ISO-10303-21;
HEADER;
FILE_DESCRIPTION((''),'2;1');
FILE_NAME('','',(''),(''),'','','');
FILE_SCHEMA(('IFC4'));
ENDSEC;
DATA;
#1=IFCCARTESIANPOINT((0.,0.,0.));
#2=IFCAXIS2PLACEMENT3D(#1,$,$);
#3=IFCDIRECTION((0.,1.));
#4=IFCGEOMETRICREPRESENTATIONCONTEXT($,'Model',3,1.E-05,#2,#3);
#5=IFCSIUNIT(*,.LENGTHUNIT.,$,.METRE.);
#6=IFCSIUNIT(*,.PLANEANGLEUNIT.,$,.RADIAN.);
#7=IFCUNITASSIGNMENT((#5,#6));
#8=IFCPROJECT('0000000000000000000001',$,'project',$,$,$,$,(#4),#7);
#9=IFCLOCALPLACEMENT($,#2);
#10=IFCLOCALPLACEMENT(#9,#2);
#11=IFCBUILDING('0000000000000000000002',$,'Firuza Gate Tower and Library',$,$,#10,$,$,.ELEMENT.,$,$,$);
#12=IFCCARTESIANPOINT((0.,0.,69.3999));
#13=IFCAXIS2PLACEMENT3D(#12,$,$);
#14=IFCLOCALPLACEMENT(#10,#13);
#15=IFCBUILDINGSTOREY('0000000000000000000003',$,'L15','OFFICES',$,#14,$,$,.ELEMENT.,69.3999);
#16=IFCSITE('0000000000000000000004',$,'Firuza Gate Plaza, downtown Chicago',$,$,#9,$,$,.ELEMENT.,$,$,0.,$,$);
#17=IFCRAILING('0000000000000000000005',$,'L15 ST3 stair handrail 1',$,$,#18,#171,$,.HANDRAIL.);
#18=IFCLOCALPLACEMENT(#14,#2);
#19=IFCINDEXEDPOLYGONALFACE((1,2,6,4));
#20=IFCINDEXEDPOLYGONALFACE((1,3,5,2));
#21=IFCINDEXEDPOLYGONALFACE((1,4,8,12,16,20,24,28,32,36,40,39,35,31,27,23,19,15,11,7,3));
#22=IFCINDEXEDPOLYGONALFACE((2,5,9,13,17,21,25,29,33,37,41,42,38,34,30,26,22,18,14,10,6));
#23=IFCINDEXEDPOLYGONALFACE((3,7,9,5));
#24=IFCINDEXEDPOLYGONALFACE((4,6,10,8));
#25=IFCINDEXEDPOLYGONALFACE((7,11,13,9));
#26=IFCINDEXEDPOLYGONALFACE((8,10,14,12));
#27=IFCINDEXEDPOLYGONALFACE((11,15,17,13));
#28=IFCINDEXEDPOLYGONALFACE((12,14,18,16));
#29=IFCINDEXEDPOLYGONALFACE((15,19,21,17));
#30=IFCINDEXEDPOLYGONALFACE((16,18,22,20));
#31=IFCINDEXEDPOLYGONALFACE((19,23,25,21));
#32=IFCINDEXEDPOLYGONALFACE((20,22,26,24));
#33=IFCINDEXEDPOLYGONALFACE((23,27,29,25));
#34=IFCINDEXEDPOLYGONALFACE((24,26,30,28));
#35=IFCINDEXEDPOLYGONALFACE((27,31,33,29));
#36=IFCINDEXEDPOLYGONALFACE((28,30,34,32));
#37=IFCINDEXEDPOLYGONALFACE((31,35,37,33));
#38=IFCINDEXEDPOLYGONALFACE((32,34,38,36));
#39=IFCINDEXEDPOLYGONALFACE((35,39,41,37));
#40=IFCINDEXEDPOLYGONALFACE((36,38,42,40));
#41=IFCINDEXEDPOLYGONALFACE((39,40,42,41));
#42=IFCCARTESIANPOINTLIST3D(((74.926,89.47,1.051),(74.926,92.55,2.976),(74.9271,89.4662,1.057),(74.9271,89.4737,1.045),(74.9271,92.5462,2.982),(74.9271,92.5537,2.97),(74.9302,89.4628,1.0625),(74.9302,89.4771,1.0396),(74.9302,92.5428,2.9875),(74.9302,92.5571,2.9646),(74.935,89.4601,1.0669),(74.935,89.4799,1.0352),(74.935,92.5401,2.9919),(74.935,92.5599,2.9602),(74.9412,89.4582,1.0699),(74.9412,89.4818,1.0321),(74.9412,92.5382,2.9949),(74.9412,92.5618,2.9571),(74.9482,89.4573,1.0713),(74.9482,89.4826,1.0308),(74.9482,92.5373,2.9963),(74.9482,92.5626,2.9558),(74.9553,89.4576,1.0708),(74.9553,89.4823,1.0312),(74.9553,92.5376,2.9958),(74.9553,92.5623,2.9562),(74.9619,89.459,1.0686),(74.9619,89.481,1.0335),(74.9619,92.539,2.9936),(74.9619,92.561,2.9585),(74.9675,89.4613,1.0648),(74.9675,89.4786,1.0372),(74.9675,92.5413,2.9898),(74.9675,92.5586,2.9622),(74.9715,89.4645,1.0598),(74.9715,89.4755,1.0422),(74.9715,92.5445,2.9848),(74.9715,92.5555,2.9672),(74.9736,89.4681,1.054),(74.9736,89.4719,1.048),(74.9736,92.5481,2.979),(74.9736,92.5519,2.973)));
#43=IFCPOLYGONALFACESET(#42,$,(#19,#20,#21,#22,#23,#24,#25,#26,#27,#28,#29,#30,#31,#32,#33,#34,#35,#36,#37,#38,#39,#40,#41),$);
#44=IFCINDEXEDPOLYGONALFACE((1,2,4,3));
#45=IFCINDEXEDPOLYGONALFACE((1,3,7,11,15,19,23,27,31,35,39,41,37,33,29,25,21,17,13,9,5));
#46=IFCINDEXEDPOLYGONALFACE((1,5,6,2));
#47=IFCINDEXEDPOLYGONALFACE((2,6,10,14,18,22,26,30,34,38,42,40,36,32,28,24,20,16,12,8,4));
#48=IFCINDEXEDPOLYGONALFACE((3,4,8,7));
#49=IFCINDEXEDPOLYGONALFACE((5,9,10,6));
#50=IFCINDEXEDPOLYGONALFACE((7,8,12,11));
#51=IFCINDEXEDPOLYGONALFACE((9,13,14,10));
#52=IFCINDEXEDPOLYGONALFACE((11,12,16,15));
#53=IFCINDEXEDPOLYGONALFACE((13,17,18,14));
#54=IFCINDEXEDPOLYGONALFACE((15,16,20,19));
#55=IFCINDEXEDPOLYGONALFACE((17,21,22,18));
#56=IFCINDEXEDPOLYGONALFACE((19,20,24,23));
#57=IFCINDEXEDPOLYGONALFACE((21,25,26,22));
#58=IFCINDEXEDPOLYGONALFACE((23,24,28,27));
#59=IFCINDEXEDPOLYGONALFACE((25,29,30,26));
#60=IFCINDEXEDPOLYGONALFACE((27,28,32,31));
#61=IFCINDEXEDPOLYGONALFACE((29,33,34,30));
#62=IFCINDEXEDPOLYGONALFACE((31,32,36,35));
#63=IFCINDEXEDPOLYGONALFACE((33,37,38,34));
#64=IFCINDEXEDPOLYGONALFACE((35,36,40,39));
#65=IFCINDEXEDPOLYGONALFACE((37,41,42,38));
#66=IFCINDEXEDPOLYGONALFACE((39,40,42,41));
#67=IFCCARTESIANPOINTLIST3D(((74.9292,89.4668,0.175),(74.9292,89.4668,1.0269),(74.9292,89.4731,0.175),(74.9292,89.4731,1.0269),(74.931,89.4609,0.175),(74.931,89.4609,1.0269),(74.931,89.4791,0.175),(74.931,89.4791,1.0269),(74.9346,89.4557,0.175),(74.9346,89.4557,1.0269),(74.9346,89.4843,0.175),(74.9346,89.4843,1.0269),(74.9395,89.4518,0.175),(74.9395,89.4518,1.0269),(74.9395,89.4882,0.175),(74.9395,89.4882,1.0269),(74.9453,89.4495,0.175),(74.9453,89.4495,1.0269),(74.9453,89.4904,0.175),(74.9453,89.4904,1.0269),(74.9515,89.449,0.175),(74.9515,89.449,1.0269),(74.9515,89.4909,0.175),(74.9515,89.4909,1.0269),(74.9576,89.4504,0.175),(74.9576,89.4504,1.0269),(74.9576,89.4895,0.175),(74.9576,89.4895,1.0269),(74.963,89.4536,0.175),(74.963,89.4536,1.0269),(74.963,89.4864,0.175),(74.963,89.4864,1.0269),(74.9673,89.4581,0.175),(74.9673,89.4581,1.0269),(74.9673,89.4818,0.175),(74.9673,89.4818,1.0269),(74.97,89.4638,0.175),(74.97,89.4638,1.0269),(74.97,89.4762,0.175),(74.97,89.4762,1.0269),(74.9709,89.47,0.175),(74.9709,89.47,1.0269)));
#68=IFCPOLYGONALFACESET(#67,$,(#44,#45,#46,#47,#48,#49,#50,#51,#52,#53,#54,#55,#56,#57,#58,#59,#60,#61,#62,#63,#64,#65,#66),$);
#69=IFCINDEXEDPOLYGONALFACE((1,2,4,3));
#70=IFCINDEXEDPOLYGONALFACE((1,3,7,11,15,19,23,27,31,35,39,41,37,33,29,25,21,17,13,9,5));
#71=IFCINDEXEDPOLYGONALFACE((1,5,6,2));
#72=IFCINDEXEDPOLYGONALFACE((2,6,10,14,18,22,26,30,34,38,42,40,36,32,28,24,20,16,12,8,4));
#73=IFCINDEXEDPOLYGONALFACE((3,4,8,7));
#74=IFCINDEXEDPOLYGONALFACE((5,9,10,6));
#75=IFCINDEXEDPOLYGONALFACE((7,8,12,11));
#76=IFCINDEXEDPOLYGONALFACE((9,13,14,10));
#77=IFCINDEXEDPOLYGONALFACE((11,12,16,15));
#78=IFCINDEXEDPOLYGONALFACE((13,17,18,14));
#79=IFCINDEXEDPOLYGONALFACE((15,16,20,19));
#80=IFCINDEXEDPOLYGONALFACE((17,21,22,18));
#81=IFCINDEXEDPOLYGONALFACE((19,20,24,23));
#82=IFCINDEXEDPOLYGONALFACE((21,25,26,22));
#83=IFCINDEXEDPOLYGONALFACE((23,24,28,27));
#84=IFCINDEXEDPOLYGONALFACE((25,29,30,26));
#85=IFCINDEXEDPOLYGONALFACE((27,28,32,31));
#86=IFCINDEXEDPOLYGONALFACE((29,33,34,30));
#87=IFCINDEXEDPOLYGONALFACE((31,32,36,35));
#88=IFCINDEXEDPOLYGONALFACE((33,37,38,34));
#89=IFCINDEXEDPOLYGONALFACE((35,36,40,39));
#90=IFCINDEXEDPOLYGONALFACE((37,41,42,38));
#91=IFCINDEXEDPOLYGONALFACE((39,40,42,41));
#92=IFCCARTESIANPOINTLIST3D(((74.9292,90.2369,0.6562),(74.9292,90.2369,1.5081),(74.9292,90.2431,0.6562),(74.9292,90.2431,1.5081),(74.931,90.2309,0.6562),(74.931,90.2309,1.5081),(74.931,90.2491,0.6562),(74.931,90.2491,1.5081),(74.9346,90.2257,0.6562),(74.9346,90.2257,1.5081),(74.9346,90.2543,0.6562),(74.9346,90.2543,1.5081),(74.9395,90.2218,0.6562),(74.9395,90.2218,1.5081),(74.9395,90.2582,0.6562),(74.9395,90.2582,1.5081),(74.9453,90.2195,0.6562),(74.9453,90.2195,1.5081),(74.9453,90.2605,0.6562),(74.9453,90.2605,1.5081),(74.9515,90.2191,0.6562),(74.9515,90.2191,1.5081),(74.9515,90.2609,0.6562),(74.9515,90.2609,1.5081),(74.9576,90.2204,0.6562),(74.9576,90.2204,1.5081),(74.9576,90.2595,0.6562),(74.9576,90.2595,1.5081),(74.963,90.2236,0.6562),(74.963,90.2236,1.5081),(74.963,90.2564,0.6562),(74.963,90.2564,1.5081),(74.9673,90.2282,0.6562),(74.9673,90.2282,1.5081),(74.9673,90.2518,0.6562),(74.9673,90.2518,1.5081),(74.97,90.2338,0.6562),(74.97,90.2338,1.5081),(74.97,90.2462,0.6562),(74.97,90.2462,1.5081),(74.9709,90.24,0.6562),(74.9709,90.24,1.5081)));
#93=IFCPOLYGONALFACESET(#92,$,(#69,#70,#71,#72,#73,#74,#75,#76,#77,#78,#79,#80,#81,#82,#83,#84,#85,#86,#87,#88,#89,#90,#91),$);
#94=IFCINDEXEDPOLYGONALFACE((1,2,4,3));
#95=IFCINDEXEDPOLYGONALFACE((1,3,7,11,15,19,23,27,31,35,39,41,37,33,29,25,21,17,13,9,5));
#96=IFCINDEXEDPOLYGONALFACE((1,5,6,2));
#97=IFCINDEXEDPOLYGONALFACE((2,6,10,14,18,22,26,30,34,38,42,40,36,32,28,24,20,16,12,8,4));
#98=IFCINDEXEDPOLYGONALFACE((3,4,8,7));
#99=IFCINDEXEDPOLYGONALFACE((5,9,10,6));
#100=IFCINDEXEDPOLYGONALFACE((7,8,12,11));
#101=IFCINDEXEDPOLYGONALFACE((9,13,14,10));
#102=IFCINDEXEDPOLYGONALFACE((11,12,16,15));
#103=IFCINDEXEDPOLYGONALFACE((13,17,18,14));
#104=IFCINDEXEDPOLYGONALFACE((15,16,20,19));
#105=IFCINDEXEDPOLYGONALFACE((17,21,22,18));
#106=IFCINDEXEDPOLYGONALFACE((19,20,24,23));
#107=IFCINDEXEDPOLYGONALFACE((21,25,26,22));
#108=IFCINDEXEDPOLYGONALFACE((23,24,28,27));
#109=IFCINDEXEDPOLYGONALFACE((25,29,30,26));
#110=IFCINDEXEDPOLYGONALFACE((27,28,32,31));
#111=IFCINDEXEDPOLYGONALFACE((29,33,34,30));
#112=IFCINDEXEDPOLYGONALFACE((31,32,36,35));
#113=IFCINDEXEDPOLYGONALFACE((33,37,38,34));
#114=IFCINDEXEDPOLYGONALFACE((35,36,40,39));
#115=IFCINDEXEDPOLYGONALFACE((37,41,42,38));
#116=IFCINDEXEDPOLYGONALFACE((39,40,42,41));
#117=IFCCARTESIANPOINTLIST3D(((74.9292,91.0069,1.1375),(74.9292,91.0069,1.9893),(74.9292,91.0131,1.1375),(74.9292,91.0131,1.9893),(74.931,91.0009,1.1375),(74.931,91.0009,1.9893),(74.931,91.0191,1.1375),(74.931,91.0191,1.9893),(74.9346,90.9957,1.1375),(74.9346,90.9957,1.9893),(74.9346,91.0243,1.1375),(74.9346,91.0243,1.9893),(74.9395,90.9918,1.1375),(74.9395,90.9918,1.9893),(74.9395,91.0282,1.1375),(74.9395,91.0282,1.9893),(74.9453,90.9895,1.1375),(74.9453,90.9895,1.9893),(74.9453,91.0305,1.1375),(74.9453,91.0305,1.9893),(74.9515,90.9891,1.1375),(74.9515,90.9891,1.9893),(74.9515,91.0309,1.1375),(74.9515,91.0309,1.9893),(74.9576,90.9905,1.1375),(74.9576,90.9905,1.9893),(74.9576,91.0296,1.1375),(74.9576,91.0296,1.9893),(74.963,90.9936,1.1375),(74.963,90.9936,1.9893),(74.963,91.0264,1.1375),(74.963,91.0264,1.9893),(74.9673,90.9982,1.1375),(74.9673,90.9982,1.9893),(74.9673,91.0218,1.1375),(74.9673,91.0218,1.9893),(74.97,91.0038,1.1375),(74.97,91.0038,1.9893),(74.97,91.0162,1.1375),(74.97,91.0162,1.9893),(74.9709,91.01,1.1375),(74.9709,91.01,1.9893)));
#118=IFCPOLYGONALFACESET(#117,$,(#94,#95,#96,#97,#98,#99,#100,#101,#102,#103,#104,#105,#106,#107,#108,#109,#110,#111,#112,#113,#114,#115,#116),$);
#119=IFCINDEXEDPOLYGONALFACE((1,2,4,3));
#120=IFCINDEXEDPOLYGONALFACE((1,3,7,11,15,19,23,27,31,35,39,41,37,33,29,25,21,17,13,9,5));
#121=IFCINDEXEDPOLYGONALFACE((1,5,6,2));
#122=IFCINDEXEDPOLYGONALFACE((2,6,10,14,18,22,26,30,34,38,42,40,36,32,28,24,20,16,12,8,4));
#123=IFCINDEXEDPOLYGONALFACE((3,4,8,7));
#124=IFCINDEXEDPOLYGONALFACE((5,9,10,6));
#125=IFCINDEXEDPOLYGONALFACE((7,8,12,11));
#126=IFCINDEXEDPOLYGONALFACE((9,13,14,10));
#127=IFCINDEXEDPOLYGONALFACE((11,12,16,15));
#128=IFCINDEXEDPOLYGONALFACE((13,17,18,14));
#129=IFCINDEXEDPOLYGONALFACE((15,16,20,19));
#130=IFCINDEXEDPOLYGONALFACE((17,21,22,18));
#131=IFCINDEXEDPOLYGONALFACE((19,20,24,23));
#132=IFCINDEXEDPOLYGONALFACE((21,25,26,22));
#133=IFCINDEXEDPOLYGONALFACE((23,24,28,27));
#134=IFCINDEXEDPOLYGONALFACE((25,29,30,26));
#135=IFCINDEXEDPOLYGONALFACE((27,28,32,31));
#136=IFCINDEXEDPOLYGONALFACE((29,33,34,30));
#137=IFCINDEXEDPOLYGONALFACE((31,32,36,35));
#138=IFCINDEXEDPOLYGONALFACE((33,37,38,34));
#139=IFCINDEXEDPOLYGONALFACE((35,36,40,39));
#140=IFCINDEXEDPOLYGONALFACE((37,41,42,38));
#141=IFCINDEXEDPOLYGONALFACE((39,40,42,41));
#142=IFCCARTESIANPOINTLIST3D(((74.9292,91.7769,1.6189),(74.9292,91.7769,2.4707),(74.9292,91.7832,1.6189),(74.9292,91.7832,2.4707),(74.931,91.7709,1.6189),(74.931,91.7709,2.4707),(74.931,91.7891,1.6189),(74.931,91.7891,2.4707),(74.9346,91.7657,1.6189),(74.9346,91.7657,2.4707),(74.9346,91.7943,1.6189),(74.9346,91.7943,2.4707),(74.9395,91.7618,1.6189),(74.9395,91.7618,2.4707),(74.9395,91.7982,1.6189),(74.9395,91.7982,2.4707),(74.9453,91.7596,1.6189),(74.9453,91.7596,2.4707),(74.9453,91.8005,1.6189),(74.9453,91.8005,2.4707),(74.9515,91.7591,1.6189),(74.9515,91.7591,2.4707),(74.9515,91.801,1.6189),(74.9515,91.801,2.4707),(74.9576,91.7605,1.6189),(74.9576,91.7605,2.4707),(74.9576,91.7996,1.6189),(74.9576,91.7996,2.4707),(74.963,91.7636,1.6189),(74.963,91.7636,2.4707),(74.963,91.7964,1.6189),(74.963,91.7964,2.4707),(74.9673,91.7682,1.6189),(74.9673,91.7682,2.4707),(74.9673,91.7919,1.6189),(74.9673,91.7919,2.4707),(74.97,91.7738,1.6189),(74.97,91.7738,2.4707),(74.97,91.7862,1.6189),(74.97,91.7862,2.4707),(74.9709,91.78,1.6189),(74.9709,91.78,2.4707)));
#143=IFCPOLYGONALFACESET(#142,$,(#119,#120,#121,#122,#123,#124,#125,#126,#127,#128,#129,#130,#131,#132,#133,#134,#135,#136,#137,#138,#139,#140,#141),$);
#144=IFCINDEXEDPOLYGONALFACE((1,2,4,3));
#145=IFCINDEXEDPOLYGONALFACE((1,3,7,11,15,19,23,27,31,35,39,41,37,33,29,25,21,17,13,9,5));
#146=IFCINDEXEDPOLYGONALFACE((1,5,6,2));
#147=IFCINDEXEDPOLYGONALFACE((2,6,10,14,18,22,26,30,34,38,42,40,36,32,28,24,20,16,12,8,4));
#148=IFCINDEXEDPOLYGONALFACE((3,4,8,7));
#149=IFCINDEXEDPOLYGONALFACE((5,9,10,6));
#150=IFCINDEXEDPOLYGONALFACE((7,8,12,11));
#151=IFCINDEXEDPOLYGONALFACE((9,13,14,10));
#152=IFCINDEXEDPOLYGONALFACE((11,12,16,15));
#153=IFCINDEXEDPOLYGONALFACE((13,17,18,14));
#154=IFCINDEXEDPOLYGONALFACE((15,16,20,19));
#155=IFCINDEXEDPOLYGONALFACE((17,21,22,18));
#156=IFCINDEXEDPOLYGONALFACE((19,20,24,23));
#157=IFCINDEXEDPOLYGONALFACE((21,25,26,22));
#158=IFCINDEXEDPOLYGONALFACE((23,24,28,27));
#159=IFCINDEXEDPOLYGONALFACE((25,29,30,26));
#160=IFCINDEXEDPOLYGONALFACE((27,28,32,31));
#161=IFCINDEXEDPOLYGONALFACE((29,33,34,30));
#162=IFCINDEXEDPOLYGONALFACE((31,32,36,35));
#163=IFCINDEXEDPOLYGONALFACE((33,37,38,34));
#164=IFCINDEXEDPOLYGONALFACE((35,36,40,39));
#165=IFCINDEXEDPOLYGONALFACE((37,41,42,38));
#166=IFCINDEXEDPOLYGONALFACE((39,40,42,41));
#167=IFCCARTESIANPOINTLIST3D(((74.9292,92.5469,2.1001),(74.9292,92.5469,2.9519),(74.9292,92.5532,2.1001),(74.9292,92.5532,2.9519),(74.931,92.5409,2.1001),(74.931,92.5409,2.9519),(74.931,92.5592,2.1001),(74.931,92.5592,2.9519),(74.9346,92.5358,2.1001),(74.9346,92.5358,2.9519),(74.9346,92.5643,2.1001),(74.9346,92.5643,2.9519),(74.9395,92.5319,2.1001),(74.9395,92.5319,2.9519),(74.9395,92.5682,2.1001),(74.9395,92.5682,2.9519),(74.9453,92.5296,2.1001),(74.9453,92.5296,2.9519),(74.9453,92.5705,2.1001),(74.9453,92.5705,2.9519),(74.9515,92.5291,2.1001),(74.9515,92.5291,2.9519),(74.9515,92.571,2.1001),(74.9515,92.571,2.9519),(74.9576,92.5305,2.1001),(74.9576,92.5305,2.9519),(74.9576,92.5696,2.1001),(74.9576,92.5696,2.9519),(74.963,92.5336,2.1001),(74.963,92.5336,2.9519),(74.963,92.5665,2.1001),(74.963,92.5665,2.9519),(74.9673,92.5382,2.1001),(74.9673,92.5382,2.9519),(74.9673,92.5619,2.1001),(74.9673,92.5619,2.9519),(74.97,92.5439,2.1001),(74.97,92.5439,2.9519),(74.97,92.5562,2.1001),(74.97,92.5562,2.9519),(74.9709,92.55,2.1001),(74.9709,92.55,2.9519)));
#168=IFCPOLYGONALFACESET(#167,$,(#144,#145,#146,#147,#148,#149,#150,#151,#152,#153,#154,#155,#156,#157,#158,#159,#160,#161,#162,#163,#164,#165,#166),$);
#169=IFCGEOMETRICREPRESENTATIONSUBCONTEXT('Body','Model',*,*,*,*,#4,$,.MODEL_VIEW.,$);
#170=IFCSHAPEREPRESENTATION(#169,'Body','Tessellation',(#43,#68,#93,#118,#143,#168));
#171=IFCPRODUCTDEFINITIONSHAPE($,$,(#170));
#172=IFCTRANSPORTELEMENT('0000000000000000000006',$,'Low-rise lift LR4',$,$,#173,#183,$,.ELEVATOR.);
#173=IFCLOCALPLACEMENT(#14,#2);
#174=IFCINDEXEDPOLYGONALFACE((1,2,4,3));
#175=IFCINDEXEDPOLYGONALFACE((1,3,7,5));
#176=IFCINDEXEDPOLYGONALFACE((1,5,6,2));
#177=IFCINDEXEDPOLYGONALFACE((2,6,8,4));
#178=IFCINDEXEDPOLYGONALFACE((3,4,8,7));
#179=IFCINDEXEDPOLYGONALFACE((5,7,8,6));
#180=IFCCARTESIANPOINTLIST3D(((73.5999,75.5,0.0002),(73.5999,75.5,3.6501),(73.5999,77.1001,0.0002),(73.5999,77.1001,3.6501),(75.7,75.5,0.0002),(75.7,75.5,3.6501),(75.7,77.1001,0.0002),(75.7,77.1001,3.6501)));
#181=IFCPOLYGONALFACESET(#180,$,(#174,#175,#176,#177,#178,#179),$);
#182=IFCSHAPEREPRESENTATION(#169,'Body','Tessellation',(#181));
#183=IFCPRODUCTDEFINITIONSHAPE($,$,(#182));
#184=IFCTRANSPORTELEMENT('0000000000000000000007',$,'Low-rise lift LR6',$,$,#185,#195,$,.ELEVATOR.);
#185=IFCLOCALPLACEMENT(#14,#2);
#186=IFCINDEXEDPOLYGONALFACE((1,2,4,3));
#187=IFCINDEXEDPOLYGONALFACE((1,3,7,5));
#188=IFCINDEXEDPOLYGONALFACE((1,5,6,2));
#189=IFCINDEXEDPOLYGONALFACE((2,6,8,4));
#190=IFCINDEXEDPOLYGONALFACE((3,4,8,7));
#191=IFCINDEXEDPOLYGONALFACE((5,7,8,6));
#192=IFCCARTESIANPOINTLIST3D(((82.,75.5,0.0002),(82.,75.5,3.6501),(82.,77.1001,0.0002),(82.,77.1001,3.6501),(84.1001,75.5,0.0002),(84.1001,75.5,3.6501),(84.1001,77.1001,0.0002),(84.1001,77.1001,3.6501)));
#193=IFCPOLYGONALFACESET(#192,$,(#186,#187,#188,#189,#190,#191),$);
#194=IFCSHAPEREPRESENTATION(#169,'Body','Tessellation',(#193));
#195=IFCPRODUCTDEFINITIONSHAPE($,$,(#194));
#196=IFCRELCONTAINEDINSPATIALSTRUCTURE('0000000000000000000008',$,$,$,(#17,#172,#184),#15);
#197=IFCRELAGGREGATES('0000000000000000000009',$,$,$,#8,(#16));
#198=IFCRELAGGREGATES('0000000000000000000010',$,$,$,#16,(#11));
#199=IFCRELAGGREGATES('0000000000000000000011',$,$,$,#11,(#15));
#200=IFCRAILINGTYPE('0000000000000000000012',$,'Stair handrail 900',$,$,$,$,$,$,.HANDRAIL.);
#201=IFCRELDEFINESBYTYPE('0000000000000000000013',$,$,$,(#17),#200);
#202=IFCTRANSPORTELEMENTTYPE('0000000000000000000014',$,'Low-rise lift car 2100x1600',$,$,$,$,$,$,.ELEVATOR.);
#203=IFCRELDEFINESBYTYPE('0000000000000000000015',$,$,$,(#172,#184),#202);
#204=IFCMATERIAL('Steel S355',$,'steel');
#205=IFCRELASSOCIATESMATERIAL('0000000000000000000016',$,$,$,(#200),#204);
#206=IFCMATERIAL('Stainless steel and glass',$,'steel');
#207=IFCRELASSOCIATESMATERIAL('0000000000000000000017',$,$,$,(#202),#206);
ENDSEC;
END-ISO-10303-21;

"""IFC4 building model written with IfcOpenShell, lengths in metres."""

from ifc_helpers import new_model, si_unit, direction, frame, origin, origin_2d, place, context, subcontext, project, spatial, rectangle, circle, extrude, material, type_object, element, save


model = new_model("IFC4")

# Units and contexts
model_context = context("Model", 3, precision=1e-05, world=origin(), true_north=direction((0.0, 1.0)))
body_context = subcontext(model_context, "Body", "Model", "MODEL_VIEW")
ifc_project = project(units=[si_unit("LENGTHUNIT", "METRE"), si_unit("PLANEANGLEUNIT", "RADIAN")], contexts=[model_context])

# Site, building, storey
site_placement = place(None, origin())
site = spatial("IfcSite", under=ifc_project, at=site_placement, Name="Firuza Gate Plaza, downtown Chicago", CompositionType="ELEMENT", RefElevation=0.0)
building_placement = place(site_placement, origin())
building = spatial("IfcBuilding", under=site, at=building_placement, Name="Firuza Gate Tower and Library", CompositionType="ELEMENT")
storey_placement = place(building_placement, frame((0.0, 0.0, 69.3999)))
storey = spatial("IfcBuildingStorey", under=building, at=storey_placement, Name="L15", Description="OFFICES", CompositionType="ELEMENT", Elevation=69.3999)

# Railing
ifc_material_1 = material(Name="Steel S355", Category="steel")
railing_type_1 = type_object("IfcRailingType", Name="Stair handrail 900", PredefinedType="HANDRAIL", material=ifc_material_1)
railing_1_placement = place(storey_placement, frame((74.95, 89.47, 0.175)))
element("IfcRailing", 1, at=railing_1_placement, inside=storey, type_object=railing_type_1, Name="L15 ST3 stair handrail 1", PredefinedType="HANDRAIL", context=body_context, shape_type="SweptSolid", body=[
    extrude(circle(Radius=0.0239, at=origin_2d()), frame((0.0, 0.0, 0.876), z_axis=(0.0, 0.847998, 0.529999), x_axis=(-1.0, 0.0, 0.0)), (0.0, 0.0, 1.0), 3.6321),
    extrude(circle(Radius=0.021, at=origin_2d()), origin(), (0.0, 0.0, 1.0), 0.8518),
    extrude(circle(Radius=0.021, at=origin_2d()), frame((0.0, 0.77, 0.4812)), (0.0, 0.0, 1.0), 0.8518),
    extrude(circle(Radius=0.021, at=origin_2d()), frame((0.0, 1.54, 0.9624)), (0.0, 0.0, 1.0), 0.8518),
    extrude(circle(Radius=0.021, at=origin_2d()), frame((0.0, 2.3101, 1.4438)), (0.0, 0.0, 1.0), 0.8518),
    extrude(circle(Radius=0.021, at=origin_2d()), frame((0.0, 3.0801, 1.925)), (0.0, 0.0, 1.0), 0.8518),
])

# Transport elements
ifc_material_2 = material(Name="Stainless steel and glass", Category="steel")
transport_element_type = type_object("IfcTransportElementType", Name="Low-rise lift car 2100x1600", PredefinedType="ELEVATOR", material=ifc_material_2)
for number, where, z_axis, x_axis, name in (
    (2, (74.6499, 76.3, 0.0002), (0.0, 0.0, 1.0), (1.0, 0.0, 0.0), "Low-rise lift LR4"),
    (3, (83.05, 76.3, 0.0002), (0.0, 0.0, 1.0), (1.0, 0.0, 0.0), "Low-rise lift LR6"),
):
    element("IfcTransportElement", number, at=place(storey_placement, frame(where, z_axis=z_axis, x_axis=x_axis)), inside=storey, type_object=transport_element_type, Name=name, PredefinedType="ELEVATOR", context=body_context, shape_type="SweptSolid", body=[
        extrude(rectangle(XDim=2.1001, YDim=1.6001, at=origin_2d()), origin(), (0.0, 0.0, 1.0), 3.6499),
    ])

save(model, "model.ifc")
